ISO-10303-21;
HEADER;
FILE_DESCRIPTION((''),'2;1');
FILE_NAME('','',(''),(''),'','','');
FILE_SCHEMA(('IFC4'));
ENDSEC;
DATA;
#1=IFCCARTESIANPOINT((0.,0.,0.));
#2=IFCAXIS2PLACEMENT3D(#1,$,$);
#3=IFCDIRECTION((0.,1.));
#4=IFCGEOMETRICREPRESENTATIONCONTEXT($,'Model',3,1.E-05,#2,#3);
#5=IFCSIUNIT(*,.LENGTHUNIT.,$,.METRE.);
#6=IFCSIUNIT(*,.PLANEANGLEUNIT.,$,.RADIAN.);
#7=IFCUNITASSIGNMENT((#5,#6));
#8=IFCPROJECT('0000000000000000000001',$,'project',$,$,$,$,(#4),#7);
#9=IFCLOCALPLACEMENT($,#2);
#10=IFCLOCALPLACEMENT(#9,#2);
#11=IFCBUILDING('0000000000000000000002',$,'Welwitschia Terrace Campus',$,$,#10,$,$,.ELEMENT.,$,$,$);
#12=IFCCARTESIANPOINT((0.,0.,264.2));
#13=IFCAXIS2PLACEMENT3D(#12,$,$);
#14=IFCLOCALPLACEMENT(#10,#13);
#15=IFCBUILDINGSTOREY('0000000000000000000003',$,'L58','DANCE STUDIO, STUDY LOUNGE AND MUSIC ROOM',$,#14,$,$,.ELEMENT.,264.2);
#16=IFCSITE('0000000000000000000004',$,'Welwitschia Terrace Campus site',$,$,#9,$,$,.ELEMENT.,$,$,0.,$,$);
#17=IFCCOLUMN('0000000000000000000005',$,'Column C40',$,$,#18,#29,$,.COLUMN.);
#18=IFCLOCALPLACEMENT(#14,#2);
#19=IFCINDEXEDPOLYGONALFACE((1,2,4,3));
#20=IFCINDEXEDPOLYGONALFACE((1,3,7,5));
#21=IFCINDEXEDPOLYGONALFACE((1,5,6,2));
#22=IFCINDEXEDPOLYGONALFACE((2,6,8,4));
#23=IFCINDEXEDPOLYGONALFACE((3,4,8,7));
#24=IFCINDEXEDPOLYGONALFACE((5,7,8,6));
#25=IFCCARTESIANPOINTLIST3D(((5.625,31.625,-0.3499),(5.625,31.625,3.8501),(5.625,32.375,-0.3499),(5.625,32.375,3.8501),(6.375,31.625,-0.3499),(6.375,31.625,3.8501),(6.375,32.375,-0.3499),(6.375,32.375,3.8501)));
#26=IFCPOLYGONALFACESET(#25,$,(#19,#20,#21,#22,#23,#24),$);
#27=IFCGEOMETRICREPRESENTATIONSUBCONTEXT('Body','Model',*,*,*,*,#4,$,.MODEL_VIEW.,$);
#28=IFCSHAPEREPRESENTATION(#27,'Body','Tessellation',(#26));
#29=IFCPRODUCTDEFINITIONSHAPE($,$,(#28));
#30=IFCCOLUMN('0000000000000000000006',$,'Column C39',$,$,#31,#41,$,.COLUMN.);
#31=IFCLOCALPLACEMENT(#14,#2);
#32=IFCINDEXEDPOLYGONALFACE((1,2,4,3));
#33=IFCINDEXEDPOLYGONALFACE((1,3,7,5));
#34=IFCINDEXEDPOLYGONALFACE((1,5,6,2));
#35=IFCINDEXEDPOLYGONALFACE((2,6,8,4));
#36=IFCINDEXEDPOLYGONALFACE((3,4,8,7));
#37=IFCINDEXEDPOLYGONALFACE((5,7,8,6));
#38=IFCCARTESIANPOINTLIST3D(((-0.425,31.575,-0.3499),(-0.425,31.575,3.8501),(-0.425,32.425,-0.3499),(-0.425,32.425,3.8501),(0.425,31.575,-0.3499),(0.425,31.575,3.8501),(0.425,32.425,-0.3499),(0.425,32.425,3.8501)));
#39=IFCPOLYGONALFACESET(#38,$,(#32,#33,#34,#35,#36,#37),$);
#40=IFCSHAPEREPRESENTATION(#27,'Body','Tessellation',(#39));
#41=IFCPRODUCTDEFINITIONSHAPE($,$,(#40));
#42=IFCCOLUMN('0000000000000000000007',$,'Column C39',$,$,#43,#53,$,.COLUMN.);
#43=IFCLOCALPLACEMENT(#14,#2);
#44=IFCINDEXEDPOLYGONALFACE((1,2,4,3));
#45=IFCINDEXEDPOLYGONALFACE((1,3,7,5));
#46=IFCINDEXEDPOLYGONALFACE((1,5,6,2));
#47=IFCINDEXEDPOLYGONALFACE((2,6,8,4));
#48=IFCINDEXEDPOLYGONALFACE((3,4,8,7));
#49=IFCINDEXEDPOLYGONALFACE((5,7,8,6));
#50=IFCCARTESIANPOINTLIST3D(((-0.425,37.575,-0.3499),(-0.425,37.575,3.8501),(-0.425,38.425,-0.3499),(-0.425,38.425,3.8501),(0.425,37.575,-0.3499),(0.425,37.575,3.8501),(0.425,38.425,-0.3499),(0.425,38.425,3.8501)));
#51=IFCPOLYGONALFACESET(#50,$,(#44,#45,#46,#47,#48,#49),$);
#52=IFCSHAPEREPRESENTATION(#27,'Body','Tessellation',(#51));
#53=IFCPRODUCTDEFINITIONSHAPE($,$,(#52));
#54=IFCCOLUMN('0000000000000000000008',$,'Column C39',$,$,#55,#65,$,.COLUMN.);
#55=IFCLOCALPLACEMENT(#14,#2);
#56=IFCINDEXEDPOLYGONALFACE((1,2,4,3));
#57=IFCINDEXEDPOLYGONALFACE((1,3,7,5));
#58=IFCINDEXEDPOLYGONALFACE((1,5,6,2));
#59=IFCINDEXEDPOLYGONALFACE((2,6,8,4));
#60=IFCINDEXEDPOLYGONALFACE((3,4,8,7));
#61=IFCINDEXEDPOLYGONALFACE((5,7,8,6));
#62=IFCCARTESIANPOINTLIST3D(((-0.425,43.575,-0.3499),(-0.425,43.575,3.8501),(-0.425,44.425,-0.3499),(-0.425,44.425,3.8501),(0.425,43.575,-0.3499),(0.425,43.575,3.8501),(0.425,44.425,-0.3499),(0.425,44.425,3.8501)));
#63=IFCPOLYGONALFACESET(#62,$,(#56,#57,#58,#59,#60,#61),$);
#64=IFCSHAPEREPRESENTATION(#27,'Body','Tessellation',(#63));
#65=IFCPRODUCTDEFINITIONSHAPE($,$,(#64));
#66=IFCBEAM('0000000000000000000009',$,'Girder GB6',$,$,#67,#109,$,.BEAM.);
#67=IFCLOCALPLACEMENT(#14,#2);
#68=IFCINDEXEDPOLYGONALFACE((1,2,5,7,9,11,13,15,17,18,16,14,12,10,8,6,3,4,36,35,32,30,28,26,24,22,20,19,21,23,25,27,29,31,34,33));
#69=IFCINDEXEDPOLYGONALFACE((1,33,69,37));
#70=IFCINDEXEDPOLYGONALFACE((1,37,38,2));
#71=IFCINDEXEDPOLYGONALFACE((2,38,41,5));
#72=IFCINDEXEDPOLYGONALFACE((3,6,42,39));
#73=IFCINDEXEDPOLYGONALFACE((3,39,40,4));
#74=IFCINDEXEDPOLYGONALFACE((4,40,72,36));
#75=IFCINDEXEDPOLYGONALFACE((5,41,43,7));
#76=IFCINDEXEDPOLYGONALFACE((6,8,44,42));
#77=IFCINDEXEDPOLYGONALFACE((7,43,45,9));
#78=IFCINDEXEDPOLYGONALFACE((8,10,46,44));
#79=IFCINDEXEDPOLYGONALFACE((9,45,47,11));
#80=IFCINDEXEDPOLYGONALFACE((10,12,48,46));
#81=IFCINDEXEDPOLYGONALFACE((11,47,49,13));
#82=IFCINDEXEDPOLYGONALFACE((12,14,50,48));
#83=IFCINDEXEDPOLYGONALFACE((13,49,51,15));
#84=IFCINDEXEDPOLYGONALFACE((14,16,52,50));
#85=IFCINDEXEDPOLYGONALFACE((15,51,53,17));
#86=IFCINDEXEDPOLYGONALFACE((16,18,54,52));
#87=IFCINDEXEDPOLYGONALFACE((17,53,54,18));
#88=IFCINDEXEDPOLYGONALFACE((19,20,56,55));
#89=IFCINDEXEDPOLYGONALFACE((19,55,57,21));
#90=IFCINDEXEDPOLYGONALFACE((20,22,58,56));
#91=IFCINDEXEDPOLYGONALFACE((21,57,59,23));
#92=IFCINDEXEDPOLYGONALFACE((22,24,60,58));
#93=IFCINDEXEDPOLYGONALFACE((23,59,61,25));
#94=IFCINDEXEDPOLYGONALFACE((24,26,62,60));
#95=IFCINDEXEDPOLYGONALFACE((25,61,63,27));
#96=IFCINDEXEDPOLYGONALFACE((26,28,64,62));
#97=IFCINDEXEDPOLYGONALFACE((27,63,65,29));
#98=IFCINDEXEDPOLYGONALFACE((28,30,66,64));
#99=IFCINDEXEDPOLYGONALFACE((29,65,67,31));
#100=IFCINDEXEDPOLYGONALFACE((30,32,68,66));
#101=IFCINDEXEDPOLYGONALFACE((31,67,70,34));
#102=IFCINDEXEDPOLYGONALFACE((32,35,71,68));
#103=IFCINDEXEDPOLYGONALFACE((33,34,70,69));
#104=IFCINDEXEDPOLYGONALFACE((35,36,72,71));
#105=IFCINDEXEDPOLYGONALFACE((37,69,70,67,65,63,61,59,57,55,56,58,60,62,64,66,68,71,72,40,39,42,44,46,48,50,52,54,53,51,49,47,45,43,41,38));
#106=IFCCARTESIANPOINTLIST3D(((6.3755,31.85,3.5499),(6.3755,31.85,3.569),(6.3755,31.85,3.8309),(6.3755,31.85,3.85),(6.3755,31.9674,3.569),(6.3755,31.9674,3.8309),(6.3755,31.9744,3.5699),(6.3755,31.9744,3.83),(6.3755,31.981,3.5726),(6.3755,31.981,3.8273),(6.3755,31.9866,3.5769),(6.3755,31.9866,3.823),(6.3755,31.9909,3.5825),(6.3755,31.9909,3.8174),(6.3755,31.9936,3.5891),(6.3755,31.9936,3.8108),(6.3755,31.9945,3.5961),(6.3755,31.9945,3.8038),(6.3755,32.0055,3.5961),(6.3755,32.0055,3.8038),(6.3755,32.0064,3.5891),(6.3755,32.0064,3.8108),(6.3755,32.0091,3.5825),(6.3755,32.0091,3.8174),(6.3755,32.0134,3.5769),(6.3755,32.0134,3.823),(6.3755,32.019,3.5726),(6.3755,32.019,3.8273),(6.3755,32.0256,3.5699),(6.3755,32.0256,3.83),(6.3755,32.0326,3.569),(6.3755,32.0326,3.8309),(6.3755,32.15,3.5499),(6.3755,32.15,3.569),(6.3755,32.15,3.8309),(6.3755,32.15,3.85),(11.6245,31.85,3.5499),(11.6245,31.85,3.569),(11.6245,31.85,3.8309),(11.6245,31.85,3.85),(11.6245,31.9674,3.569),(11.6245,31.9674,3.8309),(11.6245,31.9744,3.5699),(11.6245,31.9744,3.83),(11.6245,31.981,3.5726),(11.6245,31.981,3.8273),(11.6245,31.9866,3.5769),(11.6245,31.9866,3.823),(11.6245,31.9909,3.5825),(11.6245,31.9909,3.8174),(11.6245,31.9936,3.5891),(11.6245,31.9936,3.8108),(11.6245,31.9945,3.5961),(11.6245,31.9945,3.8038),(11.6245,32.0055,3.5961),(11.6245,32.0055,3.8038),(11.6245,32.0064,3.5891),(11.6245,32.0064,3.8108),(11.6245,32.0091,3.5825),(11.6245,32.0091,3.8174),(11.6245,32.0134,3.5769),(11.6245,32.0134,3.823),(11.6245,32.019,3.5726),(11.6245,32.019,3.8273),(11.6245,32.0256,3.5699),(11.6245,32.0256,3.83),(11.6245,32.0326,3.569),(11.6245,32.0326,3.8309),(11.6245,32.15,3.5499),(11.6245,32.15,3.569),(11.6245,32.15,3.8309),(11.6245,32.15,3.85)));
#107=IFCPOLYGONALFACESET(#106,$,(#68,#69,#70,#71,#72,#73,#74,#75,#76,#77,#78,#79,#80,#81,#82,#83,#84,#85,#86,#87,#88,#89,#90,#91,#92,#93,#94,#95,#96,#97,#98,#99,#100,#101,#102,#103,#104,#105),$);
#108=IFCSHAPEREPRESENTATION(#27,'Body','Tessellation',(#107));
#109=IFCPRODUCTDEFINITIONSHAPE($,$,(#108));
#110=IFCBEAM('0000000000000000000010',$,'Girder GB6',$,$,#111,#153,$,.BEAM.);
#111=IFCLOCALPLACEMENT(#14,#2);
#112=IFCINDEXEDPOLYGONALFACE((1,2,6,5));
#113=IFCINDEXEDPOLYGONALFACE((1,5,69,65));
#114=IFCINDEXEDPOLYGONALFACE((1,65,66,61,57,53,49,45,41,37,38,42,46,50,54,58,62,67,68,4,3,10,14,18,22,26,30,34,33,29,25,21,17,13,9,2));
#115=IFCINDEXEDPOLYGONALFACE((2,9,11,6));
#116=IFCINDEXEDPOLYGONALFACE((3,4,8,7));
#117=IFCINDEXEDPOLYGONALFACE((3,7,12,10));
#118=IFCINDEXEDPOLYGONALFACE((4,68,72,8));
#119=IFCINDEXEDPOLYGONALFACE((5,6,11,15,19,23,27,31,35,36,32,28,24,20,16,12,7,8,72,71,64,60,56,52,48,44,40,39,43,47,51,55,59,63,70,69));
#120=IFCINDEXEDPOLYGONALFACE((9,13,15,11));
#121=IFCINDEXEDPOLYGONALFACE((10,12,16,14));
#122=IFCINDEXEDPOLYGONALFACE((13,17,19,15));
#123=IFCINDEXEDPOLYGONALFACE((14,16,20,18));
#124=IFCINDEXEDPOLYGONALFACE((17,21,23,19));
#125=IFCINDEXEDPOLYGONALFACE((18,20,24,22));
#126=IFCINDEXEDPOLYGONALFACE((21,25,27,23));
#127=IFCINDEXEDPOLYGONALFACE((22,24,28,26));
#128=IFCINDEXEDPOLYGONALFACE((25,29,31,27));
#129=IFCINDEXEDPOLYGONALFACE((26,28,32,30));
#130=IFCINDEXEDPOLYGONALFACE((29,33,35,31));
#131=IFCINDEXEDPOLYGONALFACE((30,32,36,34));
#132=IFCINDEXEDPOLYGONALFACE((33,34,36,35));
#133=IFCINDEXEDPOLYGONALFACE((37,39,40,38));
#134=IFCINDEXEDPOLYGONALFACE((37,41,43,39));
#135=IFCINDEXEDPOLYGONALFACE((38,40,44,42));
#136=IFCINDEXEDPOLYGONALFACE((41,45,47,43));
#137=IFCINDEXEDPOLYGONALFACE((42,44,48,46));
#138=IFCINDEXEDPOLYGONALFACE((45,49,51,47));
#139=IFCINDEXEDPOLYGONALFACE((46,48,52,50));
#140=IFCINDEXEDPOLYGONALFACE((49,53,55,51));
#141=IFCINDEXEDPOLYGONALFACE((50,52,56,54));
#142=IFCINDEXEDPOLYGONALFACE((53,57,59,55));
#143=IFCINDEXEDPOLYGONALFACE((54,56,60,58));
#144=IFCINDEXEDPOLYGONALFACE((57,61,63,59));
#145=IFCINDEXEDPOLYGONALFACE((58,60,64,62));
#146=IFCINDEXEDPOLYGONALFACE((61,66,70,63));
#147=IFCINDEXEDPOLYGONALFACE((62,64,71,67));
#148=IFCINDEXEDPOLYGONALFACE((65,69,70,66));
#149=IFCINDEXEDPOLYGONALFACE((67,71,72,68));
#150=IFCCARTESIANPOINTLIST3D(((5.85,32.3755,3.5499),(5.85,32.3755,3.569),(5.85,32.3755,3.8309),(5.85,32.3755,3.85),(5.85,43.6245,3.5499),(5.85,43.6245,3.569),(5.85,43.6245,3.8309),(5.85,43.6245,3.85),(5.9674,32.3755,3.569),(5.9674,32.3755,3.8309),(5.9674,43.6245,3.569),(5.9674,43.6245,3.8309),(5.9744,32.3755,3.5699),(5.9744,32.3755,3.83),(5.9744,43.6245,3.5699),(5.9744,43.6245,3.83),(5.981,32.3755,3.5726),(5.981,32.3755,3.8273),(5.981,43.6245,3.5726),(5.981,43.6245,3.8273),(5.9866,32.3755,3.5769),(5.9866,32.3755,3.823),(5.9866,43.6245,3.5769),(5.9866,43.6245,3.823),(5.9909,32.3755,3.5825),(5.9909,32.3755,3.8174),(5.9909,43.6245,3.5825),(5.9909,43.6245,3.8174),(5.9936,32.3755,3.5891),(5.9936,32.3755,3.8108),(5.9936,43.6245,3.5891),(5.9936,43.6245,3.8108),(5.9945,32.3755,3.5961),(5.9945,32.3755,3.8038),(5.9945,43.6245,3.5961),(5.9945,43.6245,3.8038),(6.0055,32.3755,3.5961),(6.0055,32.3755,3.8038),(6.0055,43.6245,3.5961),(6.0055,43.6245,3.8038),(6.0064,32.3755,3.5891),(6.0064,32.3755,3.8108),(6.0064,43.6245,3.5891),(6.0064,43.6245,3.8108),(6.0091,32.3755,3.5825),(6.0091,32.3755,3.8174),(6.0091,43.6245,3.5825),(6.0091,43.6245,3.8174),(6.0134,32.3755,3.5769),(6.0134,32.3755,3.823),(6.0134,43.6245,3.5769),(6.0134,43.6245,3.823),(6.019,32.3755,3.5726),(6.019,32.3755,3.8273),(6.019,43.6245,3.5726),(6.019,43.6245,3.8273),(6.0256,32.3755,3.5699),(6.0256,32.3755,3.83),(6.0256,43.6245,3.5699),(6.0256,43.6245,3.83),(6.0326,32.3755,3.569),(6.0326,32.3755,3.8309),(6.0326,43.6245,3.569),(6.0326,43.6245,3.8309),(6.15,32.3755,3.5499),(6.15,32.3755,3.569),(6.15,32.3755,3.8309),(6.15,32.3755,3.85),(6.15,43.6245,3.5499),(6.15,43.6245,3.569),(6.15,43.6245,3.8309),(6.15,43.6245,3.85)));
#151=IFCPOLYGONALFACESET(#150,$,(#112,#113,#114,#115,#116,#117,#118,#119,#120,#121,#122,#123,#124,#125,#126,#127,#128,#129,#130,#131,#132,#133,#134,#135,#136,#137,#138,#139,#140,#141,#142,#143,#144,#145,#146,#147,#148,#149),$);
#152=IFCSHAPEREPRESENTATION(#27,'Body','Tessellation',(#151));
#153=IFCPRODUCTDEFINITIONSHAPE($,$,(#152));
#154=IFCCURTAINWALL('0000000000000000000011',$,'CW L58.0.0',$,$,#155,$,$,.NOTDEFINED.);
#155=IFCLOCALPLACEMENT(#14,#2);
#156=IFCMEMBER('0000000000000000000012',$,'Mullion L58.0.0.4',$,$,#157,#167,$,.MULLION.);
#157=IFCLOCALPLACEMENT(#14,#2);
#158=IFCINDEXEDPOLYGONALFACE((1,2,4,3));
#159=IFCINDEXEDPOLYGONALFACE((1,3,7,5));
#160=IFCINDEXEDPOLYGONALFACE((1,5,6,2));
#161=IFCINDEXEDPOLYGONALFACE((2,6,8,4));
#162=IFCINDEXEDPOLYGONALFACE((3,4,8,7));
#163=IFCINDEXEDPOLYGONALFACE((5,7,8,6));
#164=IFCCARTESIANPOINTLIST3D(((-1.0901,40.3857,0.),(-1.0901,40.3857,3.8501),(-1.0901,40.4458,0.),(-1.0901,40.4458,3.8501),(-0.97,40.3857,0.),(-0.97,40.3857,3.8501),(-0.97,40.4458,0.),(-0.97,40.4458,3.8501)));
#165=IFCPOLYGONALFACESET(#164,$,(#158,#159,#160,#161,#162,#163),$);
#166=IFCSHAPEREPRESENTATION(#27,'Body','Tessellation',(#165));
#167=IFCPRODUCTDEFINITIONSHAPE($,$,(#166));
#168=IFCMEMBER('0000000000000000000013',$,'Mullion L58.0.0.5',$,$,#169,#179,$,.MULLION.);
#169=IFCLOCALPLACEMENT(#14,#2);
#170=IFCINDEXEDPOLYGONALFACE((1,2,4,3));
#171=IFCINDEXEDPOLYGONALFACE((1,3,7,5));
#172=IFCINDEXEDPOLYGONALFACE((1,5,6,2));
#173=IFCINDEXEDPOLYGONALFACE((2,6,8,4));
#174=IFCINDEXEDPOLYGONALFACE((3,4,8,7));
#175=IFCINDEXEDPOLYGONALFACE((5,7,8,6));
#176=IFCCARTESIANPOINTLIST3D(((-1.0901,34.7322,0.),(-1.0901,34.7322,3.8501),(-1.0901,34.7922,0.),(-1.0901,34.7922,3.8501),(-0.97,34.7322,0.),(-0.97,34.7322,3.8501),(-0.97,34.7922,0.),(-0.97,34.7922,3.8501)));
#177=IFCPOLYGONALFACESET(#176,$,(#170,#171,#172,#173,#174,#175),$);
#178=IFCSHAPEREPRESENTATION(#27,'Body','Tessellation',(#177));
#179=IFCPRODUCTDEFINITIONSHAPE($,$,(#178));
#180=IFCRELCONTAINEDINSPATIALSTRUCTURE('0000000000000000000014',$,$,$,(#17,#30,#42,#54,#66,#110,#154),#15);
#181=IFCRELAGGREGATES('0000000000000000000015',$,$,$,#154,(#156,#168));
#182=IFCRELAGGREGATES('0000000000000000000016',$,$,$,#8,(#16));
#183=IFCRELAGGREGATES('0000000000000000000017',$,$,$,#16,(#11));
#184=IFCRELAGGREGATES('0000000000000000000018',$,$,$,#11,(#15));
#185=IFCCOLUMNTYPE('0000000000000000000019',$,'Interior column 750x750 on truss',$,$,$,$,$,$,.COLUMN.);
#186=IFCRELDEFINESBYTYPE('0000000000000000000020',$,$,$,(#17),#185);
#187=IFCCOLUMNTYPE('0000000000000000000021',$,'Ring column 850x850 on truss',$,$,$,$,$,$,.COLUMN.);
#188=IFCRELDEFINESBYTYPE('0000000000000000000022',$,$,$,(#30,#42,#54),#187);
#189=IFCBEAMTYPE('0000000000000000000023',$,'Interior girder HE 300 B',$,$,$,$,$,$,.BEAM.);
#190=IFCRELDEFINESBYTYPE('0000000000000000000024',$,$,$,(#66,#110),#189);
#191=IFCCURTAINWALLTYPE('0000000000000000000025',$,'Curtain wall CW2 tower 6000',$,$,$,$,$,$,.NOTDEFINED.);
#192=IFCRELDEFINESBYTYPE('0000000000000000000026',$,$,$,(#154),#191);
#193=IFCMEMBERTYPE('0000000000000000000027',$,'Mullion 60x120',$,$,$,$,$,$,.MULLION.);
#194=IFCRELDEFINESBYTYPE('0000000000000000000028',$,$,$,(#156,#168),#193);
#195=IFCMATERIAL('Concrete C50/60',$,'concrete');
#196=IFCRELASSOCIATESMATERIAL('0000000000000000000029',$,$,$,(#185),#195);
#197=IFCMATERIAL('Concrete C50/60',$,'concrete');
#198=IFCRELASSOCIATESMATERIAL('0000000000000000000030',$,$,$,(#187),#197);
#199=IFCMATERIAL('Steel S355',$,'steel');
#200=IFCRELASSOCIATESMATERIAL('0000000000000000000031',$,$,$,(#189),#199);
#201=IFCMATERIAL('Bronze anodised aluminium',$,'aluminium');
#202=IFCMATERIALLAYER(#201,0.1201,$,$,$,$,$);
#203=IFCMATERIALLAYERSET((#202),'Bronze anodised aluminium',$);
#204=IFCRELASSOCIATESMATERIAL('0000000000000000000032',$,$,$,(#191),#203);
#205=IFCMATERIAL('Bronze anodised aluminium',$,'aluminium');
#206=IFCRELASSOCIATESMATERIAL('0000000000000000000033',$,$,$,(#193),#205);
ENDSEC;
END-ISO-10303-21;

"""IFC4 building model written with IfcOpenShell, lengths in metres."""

from ifc_helpers import new_model, si_unit, direction, frame, origin, origin_2d, place, context, subcontext, project, spatial, rectangle, i_section, extrude, material, layer, layer_set, material_profile, profile_set, type_object, element, aggregate, save


model = new_model("IFC4")

# Units and contexts
model_context = context("Model", 3, precision=1e-05, world=origin(), true_north=direction((0.0, 1.0)))
body_context = subcontext(model_context, "Body", "Model", "MODEL_VIEW")
ifc_project = project(units=[si_unit("LENGTHUNIT", "METRE"), si_unit("PLANEANGLEUNIT", "RADIAN")], contexts=[model_context])

# Site, building, storey
site_placement = place(None, origin())
site = spatial("IfcSite", under=ifc_project, at=site_placement, Name="Welwitschia Terrace Campus site", CompositionType="ELEMENT", RefElevation=0.0)
building_placement = place(site_placement, origin())
building = spatial("IfcBuilding", under=site, at=building_placement, Name="Welwitschia Terrace Campus", CompositionType="ELEMENT")
storey_placement = place(building_placement, frame((0.0, 0.0, 264.2)))
storey = spatial("IfcBuildingStorey", under=building, at=storey_placement, Name="L58", Description="DANCE STUDIO, STUDY LOUNGE AND MUSIC ROOM", CompositionType="ELEMENT", Elevation=264.2)

# Columns
ifc_material_1 = material(Name="Concrete C50/60", Category="concrete")
ifc_material_profile_1 = material_profile(ifc_material_1, rectangle(XDim=0.75, YDim=0.75, at=origin_2d()))
ifc_profile_set_1 = profile_set([ifc_material_profile_1], Name="Concrete C50/60")
column_type_1 = type_object("IfcColumnType", Name="Interior column 750x750 on truss", PredefinedType="COLUMN", material=ifc_profile_set_1)
column_placement = place(storey_placement, frame((6.0, 32.0, -0.3499), z_axis=(0.0, 0.0, 1.0), x_axis=(1.0, 0.0, 0.0)))
element("IfcColumn", 1, at=column_placement, inside=storey, type_object=column_type_1, Name="Column C40", PredefinedType="COLUMN", context=body_context, shape_type="SweptSolid", body=[
    extrude(rectangle(XDim=0.75, YDim=0.75, at=origin_2d()), origin(), (0.0, 0.0, 1.0), 4.2),
])
ifc_material_2 = material(Name="Concrete C50/60", Category="concrete")
ifc_material_profile_2 = material_profile(ifc_material_2, rectangle(XDim=0.8501, YDim=0.8501, at=origin_2d()))
ifc_profile_set_2 = profile_set([ifc_material_profile_2], Name="Concrete C50/60")
column_type_2 = type_object("IfcColumnType", Name="Ring column 850x850 on truss", PredefinedType="COLUMN", material=ifc_profile_set_2)
for number, where, z_axis, x_axis, name in (
    (2, (0.0, 32.0, -0.3499), (0.0, 0.0, 1.0), (1.0, 0.0, 0.0), "Column C39"),
    (3, (0.0, 38.0, -0.3499), (0.0, 0.0, 1.0), (1.0, 0.0, 0.0), "Column C39"),
    (4, (0.0, 44.0, -0.3499), (0.0, 0.0, 1.0), (1.0, 0.0, 0.0), "Column C39"),
):
    element("IfcColumn", number, at=place(storey_placement, frame(where, z_axis=z_axis, x_axis=x_axis)), inside=storey, type_object=column_type_2, Name=name, PredefinedType="COLUMN", context=body_context, shape_type="SweptSolid", body=[
        extrude(rectangle(XDim=0.8501, YDim=0.8501, at=origin_2d()), origin(), (0.0, 0.0, 1.0), 4.2),
    ])

# Beams
ifc_material_3 = material(Name="Steel S355", Category="steel")
ifc_material_profile_3 = material_profile(ifc_material_3, i_section(OverallWidth=0.3, OverallDepth=0.3, WebThickness=0.011, FlangeThickness=0.019, FilletRadius=0.0271, at=origin_2d()))
ifc_profile_set_3 = profile_set([ifc_material_profile_3], Name="Steel S355")
beam_type_1 = type_object("IfcBeamType", Name="Interior girder HE 300 B", PredefinedType="BEAM", material=ifc_profile_set_3)
beam_1_placement = place(storey_placement, frame((6.3755, 32.0, 3.7), z_axis=(1.0, 0.0, 0.0), x_axis=(0.0, 1.0, 0.0)))
element("IfcBeam", 5, at=beam_1_placement, inside=storey, type_object=beam_type_1, Name="Girder GB6", PredefinedType="BEAM", context=body_context, shape_type="SweptSolid", body=[
    extrude(i_section(OverallWidth=0.3, OverallDepth=0.3, WebThickness=0.011, FlangeThickness=0.019, FilletRadius=0.0271, at=origin_2d()), origin(), (0.0, 0.0, 1.0), 5.249),
])
beam_2_placement = place(storey_placement, frame((6.0, 32.3755, 3.7), z_axis=(0.0, 1.0, 0.0), x_axis=(-1.0, 0.0, 0.0)))
element("IfcBeam", 6, at=beam_2_placement, inside=storey, type_object=beam_type_1, Name="Girder GB6", PredefinedType="BEAM", context=body_context, shape_type="SweptSolid", body=[
    extrude(i_section(OverallWidth=0.3, OverallDepth=0.3, WebThickness=0.011, FlangeThickness=0.019, FilletRadius=0.0271, at=origin_2d()), origin(), (0.0, 0.0, 1.0), 11.249),
])

# Curtain wall, members
ifc_material_4 = material(Name="Bronze anodised aluminium", Category="aluminium")
ifc_layer_1 = layer(ifc_material_4, 0.1201)
ifc_layer_set_1 = layer_set([ifc_layer_1], Name="Bronze anodised aluminium")
curtain_wall_type = type_object("IfcCurtainWallType", Name="Curtain wall CW2 tower 6000", PredefinedType="NOTDEFINED", material=ifc_layer_set_1)
curtain_wall_placement = place(storey_placement, origin())
curtain_wall = element("IfcCurtainWall", 7, at=curtain_wall_placement, inside=storey, type_object=curtain_wall_type, Name="CW L58.0.0", PredefinedType="NOTDEFINED")
ifc_material_5 = material(Name="Bronze anodised aluminium", Category="aluminium")
ifc_material_profile_4 = material_profile(ifc_material_5, rectangle(XDim=0.1201, YDim=0.0601, at=origin_2d()))
ifc_profile_set_4 = profile_set([ifc_material_profile_4], Name="Bronze anodised aluminium")
member_type = type_object("IfcMemberType", Name="Mullion 60x120", PredefinedType="MULLION", material=ifc_profile_set_4)
member_1_placement = place(storey_placement, frame((-1.03, 40.4158, 0.0), z_axis=(0.0, 0.0, 1.0), x_axis=(1.0, 0.0, 0.0)))
member_1 = element("IfcMember", 8, at=member_1_placement, type_object=member_type, Name="Mullion L58.0.0.4", PredefinedType="MULLION", context=body_context, shape_type="SweptSolid", body=[
    extrude(rectangle(XDim=0.1201, YDim=0.0601, at=origin_2d()), origin(), (0.0, 0.0, 1.0), 3.8501),
])
member_2_placement = place(storey_placement, frame((-1.03, 34.7622, 0.0), z_axis=(0.0, 0.0, 1.0), x_axis=(1.0, 0.0, 0.0)))
member_2 = element("IfcMember", 9, at=member_2_placement, type_object=member_type, Name="Mullion L58.0.0.5", PredefinedType="MULLION", context=body_context, shape_type="SweptSolid", body=[
    extrude(rectangle(XDim=0.1201, YDim=0.0601, at=origin_2d()), origin(), (0.0, 0.0, 1.0), 3.8501),
])

aggregate(curtain_wall, [member_1, member_2])

save(model, "model.ifc")
